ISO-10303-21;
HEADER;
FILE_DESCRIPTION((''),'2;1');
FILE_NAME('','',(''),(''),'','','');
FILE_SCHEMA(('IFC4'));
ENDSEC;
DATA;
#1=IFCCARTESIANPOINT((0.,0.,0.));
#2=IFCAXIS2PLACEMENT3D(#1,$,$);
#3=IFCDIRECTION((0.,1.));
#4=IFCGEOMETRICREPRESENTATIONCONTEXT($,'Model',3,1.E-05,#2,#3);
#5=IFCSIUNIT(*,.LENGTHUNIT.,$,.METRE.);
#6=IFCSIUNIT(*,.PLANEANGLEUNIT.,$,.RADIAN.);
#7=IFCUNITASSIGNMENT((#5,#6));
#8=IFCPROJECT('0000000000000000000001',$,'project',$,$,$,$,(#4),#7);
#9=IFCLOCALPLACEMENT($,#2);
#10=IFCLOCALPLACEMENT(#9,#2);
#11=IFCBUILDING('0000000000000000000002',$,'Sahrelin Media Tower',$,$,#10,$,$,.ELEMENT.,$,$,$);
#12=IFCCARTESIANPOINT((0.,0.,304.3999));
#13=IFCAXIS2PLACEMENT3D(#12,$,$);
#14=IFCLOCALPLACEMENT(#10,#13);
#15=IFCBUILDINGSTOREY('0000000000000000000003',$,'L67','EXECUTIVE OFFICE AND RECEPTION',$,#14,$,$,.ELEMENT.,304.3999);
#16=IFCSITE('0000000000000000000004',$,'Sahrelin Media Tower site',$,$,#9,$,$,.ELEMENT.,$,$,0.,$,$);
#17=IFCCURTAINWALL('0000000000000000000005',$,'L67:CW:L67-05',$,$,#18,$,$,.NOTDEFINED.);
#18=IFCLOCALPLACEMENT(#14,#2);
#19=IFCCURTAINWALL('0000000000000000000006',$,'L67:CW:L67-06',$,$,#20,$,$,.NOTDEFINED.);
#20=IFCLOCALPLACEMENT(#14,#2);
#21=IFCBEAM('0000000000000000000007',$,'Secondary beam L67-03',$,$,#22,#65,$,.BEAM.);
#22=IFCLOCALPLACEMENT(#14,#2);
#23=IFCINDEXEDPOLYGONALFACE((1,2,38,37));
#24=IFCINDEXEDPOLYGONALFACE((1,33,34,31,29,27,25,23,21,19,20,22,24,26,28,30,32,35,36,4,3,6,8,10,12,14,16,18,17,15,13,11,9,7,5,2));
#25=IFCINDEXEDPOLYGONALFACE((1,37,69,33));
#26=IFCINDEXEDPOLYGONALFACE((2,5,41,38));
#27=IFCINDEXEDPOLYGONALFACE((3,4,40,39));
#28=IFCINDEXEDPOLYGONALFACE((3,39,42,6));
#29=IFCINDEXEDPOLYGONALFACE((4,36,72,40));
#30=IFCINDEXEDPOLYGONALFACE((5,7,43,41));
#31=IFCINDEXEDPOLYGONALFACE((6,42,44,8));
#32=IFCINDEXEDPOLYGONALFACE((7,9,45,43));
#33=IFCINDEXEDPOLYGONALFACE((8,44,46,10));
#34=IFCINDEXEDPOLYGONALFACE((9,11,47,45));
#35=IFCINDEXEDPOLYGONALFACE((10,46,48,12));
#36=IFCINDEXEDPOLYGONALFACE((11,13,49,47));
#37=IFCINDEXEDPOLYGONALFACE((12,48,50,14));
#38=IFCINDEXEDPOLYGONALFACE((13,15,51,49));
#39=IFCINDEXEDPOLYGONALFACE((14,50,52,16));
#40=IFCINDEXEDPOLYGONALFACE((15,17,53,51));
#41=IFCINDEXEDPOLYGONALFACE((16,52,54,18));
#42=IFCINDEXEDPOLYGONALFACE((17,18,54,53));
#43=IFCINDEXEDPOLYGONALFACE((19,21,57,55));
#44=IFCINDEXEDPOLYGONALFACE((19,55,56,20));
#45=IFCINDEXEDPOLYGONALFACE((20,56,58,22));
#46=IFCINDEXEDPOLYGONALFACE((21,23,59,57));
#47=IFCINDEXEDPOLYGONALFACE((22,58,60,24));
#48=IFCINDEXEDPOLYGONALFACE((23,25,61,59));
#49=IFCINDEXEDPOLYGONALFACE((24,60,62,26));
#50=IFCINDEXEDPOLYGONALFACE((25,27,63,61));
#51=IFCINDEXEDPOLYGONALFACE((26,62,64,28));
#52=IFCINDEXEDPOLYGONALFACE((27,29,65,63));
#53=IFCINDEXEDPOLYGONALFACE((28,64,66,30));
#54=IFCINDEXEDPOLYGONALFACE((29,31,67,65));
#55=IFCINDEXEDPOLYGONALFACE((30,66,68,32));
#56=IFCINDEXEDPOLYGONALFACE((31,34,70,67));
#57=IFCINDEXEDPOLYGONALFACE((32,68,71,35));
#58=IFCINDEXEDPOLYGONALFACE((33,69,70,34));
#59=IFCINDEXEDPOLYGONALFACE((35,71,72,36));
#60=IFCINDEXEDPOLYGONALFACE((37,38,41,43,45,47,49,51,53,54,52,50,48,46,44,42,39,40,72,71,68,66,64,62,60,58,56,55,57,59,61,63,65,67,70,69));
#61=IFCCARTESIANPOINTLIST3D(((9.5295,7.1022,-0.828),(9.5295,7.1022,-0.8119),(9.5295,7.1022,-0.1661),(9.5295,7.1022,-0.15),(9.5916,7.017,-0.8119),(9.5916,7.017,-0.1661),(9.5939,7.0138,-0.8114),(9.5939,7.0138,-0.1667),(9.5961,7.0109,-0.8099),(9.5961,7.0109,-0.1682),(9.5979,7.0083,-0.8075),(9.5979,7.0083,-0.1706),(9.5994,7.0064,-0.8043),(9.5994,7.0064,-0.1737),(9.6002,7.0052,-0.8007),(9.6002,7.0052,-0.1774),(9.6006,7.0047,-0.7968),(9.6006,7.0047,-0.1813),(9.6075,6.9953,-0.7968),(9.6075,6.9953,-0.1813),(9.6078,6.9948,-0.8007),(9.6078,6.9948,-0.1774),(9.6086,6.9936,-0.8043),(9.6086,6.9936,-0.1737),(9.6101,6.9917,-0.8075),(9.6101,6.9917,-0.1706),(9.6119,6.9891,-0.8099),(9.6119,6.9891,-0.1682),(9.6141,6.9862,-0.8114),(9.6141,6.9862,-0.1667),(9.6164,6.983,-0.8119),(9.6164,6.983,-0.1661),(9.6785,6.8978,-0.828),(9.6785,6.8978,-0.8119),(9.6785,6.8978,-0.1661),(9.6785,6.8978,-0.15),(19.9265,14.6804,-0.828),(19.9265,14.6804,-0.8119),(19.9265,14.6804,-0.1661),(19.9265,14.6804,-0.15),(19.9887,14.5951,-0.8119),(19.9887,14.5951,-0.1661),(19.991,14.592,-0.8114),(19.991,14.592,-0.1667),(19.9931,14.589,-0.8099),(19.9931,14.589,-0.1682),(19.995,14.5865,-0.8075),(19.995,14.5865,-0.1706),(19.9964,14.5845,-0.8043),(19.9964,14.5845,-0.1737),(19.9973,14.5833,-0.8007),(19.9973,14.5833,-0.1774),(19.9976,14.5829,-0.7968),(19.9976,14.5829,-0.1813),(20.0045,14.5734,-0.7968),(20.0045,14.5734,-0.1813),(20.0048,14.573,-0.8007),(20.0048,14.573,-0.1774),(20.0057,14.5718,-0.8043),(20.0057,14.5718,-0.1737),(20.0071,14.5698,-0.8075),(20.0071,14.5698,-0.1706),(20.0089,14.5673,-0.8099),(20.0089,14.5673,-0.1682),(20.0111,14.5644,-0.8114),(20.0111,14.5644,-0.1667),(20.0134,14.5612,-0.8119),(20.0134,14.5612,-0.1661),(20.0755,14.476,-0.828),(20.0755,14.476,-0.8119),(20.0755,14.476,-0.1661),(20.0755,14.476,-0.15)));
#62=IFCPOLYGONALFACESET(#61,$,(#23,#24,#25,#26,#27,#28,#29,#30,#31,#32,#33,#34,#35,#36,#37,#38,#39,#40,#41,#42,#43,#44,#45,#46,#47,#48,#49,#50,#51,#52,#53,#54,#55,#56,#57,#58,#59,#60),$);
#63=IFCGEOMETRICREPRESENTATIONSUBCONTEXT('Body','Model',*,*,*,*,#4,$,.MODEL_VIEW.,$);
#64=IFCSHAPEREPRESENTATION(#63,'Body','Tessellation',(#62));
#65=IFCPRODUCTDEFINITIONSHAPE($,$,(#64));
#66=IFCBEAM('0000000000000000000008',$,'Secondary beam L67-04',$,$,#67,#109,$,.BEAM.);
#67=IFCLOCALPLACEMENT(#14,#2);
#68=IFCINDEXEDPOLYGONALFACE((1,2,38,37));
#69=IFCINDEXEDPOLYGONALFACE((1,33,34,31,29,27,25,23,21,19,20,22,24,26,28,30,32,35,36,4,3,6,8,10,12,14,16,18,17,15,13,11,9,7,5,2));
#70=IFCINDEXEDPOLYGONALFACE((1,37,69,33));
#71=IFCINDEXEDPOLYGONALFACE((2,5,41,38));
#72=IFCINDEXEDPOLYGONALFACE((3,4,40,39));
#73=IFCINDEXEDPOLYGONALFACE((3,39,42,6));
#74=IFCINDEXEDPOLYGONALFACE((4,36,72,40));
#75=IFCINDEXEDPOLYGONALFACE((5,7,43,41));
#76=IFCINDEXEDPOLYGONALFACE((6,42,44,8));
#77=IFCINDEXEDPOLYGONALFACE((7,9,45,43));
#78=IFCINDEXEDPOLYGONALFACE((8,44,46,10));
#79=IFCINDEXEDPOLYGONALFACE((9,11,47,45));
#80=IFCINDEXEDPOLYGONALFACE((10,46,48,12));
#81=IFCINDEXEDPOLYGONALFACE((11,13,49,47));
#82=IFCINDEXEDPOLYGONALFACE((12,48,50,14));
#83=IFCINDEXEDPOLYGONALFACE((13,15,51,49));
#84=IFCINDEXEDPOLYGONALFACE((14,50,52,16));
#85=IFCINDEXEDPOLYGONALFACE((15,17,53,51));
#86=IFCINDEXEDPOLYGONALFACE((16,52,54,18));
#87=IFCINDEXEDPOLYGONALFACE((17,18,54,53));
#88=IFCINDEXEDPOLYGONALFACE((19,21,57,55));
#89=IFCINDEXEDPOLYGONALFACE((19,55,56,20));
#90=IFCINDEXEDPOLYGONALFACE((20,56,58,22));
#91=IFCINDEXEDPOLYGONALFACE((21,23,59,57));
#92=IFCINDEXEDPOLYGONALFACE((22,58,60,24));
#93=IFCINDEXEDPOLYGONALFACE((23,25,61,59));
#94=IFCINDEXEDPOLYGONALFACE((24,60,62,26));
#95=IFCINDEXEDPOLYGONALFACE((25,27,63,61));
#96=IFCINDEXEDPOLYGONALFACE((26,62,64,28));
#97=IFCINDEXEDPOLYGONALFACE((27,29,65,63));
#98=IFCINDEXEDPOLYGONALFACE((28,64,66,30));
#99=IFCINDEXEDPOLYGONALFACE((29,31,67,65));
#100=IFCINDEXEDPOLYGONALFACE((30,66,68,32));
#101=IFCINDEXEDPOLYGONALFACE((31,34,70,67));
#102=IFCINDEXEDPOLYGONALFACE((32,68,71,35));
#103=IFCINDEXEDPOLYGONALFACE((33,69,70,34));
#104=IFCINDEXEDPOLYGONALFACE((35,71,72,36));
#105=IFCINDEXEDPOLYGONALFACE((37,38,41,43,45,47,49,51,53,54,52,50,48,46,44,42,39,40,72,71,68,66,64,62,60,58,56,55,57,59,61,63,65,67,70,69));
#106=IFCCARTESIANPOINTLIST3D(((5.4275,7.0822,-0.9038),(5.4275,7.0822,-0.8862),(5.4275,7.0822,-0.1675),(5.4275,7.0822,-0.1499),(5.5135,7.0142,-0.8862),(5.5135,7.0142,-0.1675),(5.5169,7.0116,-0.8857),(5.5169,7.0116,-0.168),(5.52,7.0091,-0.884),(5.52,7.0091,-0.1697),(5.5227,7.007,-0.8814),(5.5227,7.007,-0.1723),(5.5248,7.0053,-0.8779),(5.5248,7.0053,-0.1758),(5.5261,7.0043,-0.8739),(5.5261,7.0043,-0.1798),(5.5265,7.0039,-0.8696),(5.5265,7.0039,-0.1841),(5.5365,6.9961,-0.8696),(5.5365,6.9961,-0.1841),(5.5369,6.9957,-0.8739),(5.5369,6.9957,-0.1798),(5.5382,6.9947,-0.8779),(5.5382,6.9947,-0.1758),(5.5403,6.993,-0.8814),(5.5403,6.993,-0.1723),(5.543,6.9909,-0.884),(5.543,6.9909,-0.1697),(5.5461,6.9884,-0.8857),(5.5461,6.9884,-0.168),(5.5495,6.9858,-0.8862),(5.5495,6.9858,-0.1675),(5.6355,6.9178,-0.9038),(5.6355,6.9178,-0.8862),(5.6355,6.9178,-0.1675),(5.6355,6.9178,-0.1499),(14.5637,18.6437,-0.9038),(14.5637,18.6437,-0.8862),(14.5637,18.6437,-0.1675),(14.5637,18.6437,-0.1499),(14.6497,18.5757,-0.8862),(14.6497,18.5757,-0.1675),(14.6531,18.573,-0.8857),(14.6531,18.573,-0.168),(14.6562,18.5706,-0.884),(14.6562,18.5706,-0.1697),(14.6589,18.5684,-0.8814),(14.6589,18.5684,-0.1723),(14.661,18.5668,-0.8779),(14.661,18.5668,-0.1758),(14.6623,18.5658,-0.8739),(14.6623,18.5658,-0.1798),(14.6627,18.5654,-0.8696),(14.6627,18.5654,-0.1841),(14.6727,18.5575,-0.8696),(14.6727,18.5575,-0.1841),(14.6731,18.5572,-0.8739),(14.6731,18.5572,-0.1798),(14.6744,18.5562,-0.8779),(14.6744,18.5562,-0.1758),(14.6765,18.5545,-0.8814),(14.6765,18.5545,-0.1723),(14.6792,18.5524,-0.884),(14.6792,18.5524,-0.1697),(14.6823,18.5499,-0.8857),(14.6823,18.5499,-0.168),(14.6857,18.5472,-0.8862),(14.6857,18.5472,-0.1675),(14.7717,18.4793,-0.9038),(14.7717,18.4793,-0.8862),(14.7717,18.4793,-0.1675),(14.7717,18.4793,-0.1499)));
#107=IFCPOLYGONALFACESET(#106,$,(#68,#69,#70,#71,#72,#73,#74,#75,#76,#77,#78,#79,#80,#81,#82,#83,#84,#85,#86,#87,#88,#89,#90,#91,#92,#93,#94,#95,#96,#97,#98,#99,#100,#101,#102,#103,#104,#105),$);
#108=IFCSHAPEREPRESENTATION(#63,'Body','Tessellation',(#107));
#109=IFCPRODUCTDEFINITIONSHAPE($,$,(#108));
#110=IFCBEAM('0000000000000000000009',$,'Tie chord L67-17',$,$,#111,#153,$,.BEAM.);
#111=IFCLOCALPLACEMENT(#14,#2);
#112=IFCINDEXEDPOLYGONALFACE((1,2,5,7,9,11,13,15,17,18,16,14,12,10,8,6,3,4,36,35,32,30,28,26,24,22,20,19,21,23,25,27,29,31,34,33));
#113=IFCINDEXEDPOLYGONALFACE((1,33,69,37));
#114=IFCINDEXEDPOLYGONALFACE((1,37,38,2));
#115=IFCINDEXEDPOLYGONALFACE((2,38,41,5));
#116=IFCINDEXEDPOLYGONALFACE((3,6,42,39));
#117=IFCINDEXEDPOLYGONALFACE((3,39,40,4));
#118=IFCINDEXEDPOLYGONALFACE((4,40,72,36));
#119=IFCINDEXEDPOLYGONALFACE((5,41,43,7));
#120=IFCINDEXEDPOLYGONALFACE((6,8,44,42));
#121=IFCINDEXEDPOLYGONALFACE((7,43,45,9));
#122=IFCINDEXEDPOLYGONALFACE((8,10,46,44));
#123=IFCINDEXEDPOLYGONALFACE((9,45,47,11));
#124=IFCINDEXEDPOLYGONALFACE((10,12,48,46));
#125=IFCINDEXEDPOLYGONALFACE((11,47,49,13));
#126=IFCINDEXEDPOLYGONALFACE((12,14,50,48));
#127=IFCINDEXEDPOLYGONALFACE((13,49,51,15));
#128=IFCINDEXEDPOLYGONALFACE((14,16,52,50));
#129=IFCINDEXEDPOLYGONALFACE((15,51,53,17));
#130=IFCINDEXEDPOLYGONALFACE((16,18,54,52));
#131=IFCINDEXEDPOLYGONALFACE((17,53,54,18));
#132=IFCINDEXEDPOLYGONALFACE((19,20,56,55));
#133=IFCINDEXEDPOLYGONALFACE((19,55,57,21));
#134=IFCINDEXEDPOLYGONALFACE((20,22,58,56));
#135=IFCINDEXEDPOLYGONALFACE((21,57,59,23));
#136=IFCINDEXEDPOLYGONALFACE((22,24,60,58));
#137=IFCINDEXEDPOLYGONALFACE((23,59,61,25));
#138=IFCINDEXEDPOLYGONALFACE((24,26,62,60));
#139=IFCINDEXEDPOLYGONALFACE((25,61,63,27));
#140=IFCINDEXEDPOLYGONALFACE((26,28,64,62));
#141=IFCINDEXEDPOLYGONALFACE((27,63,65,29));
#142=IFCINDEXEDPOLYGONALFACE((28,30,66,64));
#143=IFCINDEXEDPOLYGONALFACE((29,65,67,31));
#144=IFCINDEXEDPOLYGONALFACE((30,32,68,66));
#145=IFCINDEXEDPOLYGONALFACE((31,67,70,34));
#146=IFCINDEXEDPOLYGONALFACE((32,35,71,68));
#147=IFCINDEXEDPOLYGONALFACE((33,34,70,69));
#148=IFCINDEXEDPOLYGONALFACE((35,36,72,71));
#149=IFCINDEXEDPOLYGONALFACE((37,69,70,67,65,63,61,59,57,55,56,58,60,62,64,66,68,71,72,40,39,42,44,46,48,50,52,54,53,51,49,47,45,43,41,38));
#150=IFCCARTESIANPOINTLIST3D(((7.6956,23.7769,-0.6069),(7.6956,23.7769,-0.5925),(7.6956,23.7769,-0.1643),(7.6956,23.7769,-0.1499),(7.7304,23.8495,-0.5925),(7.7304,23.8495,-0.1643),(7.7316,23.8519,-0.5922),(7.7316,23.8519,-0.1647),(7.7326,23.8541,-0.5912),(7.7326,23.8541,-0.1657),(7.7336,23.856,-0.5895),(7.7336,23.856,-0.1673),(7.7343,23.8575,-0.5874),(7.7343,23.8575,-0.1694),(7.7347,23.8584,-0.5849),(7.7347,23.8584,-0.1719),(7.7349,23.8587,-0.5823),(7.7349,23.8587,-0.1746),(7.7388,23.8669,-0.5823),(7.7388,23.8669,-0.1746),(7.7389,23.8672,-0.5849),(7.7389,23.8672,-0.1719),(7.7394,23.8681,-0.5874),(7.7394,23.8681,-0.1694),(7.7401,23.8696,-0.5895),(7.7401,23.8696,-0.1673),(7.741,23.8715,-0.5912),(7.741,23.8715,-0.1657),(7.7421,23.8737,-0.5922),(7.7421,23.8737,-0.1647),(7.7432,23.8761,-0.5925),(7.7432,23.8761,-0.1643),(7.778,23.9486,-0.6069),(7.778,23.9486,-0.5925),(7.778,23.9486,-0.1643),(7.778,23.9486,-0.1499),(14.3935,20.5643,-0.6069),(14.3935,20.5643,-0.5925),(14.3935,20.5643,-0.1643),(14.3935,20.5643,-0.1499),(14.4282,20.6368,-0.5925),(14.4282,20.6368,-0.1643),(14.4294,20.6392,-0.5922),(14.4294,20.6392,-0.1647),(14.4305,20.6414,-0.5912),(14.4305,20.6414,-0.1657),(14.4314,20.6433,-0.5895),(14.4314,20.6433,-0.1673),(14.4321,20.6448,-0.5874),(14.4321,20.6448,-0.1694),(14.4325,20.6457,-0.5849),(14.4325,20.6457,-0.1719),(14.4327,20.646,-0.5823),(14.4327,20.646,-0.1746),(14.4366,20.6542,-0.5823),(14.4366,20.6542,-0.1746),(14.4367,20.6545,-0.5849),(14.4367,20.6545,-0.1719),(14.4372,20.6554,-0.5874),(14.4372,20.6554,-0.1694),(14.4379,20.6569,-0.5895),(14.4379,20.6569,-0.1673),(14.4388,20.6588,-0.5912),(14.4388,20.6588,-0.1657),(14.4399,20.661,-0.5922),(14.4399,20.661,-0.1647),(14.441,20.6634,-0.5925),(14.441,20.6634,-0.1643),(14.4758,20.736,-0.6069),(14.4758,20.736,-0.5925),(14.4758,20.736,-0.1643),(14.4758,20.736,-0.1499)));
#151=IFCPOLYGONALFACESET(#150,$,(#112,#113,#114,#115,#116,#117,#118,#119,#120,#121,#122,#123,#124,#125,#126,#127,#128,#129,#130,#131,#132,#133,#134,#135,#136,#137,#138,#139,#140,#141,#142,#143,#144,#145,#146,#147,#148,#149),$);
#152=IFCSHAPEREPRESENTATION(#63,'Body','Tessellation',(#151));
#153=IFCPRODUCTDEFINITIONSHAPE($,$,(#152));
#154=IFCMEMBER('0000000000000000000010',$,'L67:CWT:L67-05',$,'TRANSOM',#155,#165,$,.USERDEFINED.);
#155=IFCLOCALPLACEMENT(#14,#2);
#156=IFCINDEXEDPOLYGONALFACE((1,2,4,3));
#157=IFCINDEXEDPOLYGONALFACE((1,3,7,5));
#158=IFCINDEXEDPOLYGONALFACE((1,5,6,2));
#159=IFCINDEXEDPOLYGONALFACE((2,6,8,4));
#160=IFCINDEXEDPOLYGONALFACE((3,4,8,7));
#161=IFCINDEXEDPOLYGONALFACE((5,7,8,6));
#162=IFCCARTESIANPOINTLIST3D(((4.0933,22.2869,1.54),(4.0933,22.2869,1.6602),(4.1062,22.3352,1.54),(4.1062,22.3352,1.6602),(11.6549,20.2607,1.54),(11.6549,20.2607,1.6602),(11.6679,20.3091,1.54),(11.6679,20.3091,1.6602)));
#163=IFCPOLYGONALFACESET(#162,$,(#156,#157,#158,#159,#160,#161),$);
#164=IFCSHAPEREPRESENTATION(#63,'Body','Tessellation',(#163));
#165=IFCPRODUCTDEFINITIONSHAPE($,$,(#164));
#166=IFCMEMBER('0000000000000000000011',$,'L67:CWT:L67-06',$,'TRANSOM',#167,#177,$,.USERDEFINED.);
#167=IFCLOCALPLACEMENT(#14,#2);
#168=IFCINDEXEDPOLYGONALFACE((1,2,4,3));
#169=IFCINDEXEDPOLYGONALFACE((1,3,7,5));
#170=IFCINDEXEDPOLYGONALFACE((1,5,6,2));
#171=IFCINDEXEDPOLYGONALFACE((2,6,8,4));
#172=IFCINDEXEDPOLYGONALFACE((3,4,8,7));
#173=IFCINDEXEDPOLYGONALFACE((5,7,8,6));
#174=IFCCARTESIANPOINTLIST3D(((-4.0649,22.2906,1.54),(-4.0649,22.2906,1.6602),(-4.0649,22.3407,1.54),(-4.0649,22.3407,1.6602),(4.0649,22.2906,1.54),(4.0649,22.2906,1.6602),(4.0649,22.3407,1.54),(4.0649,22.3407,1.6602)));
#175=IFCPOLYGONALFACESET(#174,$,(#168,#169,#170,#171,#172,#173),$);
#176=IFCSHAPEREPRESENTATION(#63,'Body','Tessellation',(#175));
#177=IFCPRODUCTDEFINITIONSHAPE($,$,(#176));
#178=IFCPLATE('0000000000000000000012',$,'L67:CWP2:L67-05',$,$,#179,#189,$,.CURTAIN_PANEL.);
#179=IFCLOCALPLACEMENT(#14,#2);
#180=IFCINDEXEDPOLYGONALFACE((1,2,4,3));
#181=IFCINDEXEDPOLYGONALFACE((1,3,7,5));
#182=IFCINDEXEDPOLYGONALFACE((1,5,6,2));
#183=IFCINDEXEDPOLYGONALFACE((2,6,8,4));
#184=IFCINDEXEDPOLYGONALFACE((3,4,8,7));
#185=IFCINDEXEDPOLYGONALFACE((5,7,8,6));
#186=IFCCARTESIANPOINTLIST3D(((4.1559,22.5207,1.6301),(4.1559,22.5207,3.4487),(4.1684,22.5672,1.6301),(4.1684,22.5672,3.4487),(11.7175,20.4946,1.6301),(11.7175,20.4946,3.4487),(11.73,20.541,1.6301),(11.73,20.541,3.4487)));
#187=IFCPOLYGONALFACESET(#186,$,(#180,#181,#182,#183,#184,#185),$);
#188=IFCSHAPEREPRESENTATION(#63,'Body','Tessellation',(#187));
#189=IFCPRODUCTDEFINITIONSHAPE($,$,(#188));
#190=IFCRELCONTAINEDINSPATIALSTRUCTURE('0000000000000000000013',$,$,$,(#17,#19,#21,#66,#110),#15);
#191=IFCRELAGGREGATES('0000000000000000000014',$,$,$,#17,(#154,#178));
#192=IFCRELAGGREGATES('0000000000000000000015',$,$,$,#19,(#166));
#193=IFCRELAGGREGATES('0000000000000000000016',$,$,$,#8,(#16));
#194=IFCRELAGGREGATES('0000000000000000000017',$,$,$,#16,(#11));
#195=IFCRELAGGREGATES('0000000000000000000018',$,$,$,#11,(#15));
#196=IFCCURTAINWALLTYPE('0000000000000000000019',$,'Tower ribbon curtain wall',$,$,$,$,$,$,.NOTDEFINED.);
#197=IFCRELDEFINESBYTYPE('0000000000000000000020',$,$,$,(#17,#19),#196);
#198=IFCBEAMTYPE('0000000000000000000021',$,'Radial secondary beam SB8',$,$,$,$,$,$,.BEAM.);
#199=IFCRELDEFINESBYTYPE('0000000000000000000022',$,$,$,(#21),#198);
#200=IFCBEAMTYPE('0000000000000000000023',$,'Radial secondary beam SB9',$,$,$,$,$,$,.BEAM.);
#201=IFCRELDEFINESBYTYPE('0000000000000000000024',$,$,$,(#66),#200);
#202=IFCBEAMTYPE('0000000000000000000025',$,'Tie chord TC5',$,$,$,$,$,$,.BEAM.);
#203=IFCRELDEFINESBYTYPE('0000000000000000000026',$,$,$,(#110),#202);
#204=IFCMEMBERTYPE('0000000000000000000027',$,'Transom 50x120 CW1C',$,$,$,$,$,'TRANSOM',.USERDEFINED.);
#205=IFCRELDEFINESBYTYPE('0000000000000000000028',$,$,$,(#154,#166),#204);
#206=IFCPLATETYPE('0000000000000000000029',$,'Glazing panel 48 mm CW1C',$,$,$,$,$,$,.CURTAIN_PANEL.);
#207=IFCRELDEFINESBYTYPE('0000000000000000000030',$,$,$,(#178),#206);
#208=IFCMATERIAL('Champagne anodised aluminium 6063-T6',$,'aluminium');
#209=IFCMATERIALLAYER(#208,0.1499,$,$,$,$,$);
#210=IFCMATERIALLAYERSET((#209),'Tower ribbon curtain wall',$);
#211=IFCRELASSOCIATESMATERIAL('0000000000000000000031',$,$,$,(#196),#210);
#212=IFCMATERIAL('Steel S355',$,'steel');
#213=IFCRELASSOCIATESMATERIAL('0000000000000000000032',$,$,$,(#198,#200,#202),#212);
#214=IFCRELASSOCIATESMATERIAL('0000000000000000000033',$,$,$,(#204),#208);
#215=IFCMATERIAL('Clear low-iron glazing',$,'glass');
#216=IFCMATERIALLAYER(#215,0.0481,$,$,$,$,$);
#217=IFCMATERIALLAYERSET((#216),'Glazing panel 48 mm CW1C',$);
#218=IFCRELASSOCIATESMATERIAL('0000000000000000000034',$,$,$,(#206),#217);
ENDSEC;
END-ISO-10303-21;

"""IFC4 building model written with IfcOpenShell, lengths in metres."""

from ifc_helpers import new_model, si_unit, direction, frame, origin, origin_2d, place, context, subcontext, project, spatial, polyline, rectangle, i_section, outline, extrude, material, layer, layer_set, material_profile, profile_set, type_object, element, aggregate, save


model = new_model("IFC4")

# Units and contexts
model_context = context("Model", 3, precision=1e-05, world=origin(), true_north=direction((0.0, 1.0)))
body_context = subcontext(model_context, "Body", "Model", "MODEL_VIEW")
ifc_project = project(units=[si_unit("LENGTHUNIT", "METRE"), si_unit("PLANEANGLEUNIT", "RADIAN")], contexts=[model_context])

# Site, building, storey
site_placement = place(None, origin())
site = spatial("IfcSite", under=ifc_project, at=site_placement, Name="Sahrelin Media Tower site", CompositionType="ELEMENT", RefElevation=0.0)
building_placement = place(site_placement, origin())
building = spatial("IfcBuilding", under=site, at=building_placement, Name="Sahrelin Media Tower", CompositionType="ELEMENT")
storey_placement = place(building_placement, frame((0.0, 0.0, 304.3999)))
storey = spatial("IfcBuildingStorey", under=building, at=storey_placement, Name="L67", Description="EXECUTIVE OFFICE AND RECEPTION", CompositionType="ELEMENT", Elevation=304.3999)

# Shared definitions
ifc_material_1 = material(Name="Steel S355", Category="steel")

# Curtain walls
ifc_material_2 = material(Name="Champagne anodised aluminium 6063-T6", Category="aluminium")
ifc_layer_1 = layer(ifc_material_2, 0.1499)
ifc_layer_set_1 = layer_set([ifc_layer_1], Name="Tower ribbon curtain wall")
curtain_wall_type = type_object("IfcCurtainWallType", Name="Tower ribbon curtain wall", PredefinedType="NOTDEFINED", material=ifc_layer_set_1)
curtain_wall_1_placement = place(storey_placement, frame((7.9441, 21.5347, 0.0), z_axis=(0.0, 0.0, 1.0), x_axis=(1.0, 0.0, 0.0)))
curtain_wall_1 = element("IfcCurtainWall", 1, at=curtain_wall_1_placement, inside=storey, type_object=curtain_wall_type, Name="L67:CW:L67-05", PredefinedType="NOTDEFINED")
placement_1 = place(storey_placement, frame((0.0, 22.5608, 0.0), z_axis=(0.0, 0.0, 1.0), x_axis=(1.0, 0.0, 0.0)))
curtain_wall_2 = element("IfcCurtainWall", 2, at=placement_1, inside=storey, type_object=curtain_wall_type, Name="L67:CW:L67-06", PredefinedType="NOTDEFINED")

# Beams
ifc_material_profile_1 = material_profile(ifc_material_1, i_section(OverallWidth=0.2529, OverallDepth=0.678, WebThickness=0.0117, FlangeThickness=0.0161, FilletRadius=0.0151, at=origin_2d()), Name="UB 686x254x125")
ifc_profile_set_1 = profile_set([ifc_material_profile_1], Name="Steel S355")
beam_type_1 = type_object("IfcBeamType", Name="Radial secondary beam SB8", PredefinedType="BEAM", material=ifc_profile_set_1)
beam_1_placement = place(storey_placement, frame((9.604, 7.0, -0.489), z_axis=(0.808119, 0.58902, 0.0), x_axis=(-0.58902, 0.808119, 0.0)))
element("IfcBeam", 3, at=beam_1_placement, inside=storey, type_object=beam_type_1, Name="Secondary beam L67-03", PredefinedType="BEAM", context=body_context, shape_type="SweptSolid", body=[
    extrude(i_section(OverallWidth=0.2529, OverallDepth=0.678, WebThickness=0.0117, FlangeThickness=0.0161, FilletRadius=0.0151, at=origin_2d()), origin(), (0.0, 0.0, 1.0), 12.8657),
])
ifc_material_profile_2 = material_profile(ifc_material_1, i_section(OverallWidth=0.2651, OverallDepth=0.7539, WebThickness=0.0127, FlangeThickness=0.0176, FilletRadius=0.0166, at=origin_2d()), Name="UB 762x267x147")
ifc_profile_set_2 = profile_set([ifc_material_profile_2], Name="Steel S355")
beam_type_2 = type_object("IfcBeamType", Name="Radial secondary beam SB9", PredefinedType="BEAM", material=ifc_profile_set_2)
beam_2_placement = place(storey_placement, frame((5.5315, 7.0, -0.5269), z_axis=(0.620008, 0.784595, 0.0), x_axis=(-0.784595, 0.620008, 0.0)))
element("IfcBeam", 4, at=beam_2_placement, inside=storey, type_object=beam_type_2, Name="Secondary beam L67-04", PredefinedType="BEAM", context=body_context, shape_type="SweptSolid", body=[
    extrude(i_section(OverallWidth=0.2651, OverallDepth=0.7539, WebThickness=0.0127, FlangeThickness=0.0176, FilletRadius=0.0166, at=origin_2d()), origin(), (0.0, 0.0, 1.0), 14.7356),
])
ifc_material_profile_3 = material_profile(ifc_material_1, i_section(OverallWidth=0.1904, OverallDepth=0.457, WebThickness=0.009, FlangeThickness=0.0144, FilletRadius=0.0103, at=origin_2d()), Name="UB 457x191x74")
ifc_profile_set_3 = profile_set([ifc_material_profile_3], Name="Steel S355")
beam_type_3 = type_object("IfcBeamType", Name="Tie chord TC5", PredefinedType="BEAM", material=ifc_profile_set_3)
beam_3_placement = place(storey_placement, frame((7.7368, 23.8628, -0.3784), z_axis=(0.901643, -0.432482, 0.0), x_axis=(0.432482, 0.901643, 0.0)))
element("IfcBeam", 5, at=beam_3_placement, inside=storey, type_object=beam_type_3, Name="Tie chord L67-17", PredefinedType="BEAM", context=body_context, shape_type="SweptSolid", body=[
    extrude(i_section(OverallWidth=0.1904, OverallDepth=0.457, WebThickness=0.009, FlangeThickness=0.0144, FilletRadius=0.0103, at=origin_2d()), origin(), (0.0, 0.0, 1.0), 7.4285),
])

# Members
ifc_material_profile_4 = material_profile(ifc_material_2, rectangle(XDim=0.05, YDim=0.1201, at=origin_2d()), Name="Transom 50x120")
ifc_profile_set_4 = profile_set([ifc_material_profile_4], Name="Champagne anodised aluminium 6063-T6")
member_type_1 = type_object("IfcMemberType", Name="Transom 50x120 CW1C", ElementType="TRANSOM", PredefinedType="USERDEFINED", material=ifc_profile_set_4)
member_1_placement = place(storey_placement, frame((11.6614, 20.2849, 1.6001), z_axis=(-0.965925, 0.258821, 0.0), x_axis=(-0.258821, -0.965925, 0.0)))
member_1 = element("IfcMember", 6, at=member_1_placement, type_object=member_type_1, Name="L67:CWT:L67-05", ObjectType="TRANSOM", PredefinedType="USERDEFINED", context=body_context, shape_type="SweptSolid", body=[
    extrude(rectangle(XDim=0.05, YDim=0.1201, at=origin_2d()), origin(), (0.0, 0.0, 1.0), 7.8284),
])
member_2_placement = place(storey_placement, frame((4.0649, 22.3157, 1.6001), z_axis=(-1.0, 0.0, 0.0), x_axis=(0.0, -1.0, 0.0)))
member_2 = element("IfcMember", 7, at=member_2_placement, type_object=member_type_1, Name="L67:CWT:L67-06", ObjectType="TRANSOM", PredefinedType="USERDEFINED", context=body_context, shape_type="SweptSolid", body=[
    extrude(rectangle(XDim=0.05, YDim=0.1201, at=origin_2d()), origin(), (0.0, 0.0, 1.0), 8.1299),
])

# Plate
ifc_material_3 = material(Name="Clear low-iron glazing", Category="glass")
ifc_layer_2 = layer(ifc_material_3, 0.0481)
ifc_layer_set_2 = layer_set([ifc_layer_2], Name="Glazing panel 48 mm CW1C")
plate_type_1 = type_object("IfcPlateType", Name="Glazing panel 48 mm CW1C", PredefinedType="CURTAIN_PANEL", material=ifc_layer_set_2)
plate_1_placement = place(storey_placement, frame((11.73, 20.541, 1.6301), z_axis=(0.258821, 0.965925, 0.0), x_axis=(-0.965925, 0.258821, 0.0)))
plate_1 = element("IfcPlate", 8, at=plate_1_placement, type_object=plate_type_1, Name="L67:CWP2:L67-05", PredefinedType="CURTAIN_PANEL", context=body_context, shape_type="SweptSolid", body=[
    extrude(outline(polyline([(0.0, 0.0), (7.8284, 0.0), (7.8284, 1.8186), (0.0, 1.8186), (0.0, 0.0)])), origin(), (0.0, 0.0, -1.0), 0.0481),
])
aggregate(curtain_wall_1, [member_1, plate_1])
aggregate(curtain_wall_2, [member_2])

save(model, "model.ifc")
